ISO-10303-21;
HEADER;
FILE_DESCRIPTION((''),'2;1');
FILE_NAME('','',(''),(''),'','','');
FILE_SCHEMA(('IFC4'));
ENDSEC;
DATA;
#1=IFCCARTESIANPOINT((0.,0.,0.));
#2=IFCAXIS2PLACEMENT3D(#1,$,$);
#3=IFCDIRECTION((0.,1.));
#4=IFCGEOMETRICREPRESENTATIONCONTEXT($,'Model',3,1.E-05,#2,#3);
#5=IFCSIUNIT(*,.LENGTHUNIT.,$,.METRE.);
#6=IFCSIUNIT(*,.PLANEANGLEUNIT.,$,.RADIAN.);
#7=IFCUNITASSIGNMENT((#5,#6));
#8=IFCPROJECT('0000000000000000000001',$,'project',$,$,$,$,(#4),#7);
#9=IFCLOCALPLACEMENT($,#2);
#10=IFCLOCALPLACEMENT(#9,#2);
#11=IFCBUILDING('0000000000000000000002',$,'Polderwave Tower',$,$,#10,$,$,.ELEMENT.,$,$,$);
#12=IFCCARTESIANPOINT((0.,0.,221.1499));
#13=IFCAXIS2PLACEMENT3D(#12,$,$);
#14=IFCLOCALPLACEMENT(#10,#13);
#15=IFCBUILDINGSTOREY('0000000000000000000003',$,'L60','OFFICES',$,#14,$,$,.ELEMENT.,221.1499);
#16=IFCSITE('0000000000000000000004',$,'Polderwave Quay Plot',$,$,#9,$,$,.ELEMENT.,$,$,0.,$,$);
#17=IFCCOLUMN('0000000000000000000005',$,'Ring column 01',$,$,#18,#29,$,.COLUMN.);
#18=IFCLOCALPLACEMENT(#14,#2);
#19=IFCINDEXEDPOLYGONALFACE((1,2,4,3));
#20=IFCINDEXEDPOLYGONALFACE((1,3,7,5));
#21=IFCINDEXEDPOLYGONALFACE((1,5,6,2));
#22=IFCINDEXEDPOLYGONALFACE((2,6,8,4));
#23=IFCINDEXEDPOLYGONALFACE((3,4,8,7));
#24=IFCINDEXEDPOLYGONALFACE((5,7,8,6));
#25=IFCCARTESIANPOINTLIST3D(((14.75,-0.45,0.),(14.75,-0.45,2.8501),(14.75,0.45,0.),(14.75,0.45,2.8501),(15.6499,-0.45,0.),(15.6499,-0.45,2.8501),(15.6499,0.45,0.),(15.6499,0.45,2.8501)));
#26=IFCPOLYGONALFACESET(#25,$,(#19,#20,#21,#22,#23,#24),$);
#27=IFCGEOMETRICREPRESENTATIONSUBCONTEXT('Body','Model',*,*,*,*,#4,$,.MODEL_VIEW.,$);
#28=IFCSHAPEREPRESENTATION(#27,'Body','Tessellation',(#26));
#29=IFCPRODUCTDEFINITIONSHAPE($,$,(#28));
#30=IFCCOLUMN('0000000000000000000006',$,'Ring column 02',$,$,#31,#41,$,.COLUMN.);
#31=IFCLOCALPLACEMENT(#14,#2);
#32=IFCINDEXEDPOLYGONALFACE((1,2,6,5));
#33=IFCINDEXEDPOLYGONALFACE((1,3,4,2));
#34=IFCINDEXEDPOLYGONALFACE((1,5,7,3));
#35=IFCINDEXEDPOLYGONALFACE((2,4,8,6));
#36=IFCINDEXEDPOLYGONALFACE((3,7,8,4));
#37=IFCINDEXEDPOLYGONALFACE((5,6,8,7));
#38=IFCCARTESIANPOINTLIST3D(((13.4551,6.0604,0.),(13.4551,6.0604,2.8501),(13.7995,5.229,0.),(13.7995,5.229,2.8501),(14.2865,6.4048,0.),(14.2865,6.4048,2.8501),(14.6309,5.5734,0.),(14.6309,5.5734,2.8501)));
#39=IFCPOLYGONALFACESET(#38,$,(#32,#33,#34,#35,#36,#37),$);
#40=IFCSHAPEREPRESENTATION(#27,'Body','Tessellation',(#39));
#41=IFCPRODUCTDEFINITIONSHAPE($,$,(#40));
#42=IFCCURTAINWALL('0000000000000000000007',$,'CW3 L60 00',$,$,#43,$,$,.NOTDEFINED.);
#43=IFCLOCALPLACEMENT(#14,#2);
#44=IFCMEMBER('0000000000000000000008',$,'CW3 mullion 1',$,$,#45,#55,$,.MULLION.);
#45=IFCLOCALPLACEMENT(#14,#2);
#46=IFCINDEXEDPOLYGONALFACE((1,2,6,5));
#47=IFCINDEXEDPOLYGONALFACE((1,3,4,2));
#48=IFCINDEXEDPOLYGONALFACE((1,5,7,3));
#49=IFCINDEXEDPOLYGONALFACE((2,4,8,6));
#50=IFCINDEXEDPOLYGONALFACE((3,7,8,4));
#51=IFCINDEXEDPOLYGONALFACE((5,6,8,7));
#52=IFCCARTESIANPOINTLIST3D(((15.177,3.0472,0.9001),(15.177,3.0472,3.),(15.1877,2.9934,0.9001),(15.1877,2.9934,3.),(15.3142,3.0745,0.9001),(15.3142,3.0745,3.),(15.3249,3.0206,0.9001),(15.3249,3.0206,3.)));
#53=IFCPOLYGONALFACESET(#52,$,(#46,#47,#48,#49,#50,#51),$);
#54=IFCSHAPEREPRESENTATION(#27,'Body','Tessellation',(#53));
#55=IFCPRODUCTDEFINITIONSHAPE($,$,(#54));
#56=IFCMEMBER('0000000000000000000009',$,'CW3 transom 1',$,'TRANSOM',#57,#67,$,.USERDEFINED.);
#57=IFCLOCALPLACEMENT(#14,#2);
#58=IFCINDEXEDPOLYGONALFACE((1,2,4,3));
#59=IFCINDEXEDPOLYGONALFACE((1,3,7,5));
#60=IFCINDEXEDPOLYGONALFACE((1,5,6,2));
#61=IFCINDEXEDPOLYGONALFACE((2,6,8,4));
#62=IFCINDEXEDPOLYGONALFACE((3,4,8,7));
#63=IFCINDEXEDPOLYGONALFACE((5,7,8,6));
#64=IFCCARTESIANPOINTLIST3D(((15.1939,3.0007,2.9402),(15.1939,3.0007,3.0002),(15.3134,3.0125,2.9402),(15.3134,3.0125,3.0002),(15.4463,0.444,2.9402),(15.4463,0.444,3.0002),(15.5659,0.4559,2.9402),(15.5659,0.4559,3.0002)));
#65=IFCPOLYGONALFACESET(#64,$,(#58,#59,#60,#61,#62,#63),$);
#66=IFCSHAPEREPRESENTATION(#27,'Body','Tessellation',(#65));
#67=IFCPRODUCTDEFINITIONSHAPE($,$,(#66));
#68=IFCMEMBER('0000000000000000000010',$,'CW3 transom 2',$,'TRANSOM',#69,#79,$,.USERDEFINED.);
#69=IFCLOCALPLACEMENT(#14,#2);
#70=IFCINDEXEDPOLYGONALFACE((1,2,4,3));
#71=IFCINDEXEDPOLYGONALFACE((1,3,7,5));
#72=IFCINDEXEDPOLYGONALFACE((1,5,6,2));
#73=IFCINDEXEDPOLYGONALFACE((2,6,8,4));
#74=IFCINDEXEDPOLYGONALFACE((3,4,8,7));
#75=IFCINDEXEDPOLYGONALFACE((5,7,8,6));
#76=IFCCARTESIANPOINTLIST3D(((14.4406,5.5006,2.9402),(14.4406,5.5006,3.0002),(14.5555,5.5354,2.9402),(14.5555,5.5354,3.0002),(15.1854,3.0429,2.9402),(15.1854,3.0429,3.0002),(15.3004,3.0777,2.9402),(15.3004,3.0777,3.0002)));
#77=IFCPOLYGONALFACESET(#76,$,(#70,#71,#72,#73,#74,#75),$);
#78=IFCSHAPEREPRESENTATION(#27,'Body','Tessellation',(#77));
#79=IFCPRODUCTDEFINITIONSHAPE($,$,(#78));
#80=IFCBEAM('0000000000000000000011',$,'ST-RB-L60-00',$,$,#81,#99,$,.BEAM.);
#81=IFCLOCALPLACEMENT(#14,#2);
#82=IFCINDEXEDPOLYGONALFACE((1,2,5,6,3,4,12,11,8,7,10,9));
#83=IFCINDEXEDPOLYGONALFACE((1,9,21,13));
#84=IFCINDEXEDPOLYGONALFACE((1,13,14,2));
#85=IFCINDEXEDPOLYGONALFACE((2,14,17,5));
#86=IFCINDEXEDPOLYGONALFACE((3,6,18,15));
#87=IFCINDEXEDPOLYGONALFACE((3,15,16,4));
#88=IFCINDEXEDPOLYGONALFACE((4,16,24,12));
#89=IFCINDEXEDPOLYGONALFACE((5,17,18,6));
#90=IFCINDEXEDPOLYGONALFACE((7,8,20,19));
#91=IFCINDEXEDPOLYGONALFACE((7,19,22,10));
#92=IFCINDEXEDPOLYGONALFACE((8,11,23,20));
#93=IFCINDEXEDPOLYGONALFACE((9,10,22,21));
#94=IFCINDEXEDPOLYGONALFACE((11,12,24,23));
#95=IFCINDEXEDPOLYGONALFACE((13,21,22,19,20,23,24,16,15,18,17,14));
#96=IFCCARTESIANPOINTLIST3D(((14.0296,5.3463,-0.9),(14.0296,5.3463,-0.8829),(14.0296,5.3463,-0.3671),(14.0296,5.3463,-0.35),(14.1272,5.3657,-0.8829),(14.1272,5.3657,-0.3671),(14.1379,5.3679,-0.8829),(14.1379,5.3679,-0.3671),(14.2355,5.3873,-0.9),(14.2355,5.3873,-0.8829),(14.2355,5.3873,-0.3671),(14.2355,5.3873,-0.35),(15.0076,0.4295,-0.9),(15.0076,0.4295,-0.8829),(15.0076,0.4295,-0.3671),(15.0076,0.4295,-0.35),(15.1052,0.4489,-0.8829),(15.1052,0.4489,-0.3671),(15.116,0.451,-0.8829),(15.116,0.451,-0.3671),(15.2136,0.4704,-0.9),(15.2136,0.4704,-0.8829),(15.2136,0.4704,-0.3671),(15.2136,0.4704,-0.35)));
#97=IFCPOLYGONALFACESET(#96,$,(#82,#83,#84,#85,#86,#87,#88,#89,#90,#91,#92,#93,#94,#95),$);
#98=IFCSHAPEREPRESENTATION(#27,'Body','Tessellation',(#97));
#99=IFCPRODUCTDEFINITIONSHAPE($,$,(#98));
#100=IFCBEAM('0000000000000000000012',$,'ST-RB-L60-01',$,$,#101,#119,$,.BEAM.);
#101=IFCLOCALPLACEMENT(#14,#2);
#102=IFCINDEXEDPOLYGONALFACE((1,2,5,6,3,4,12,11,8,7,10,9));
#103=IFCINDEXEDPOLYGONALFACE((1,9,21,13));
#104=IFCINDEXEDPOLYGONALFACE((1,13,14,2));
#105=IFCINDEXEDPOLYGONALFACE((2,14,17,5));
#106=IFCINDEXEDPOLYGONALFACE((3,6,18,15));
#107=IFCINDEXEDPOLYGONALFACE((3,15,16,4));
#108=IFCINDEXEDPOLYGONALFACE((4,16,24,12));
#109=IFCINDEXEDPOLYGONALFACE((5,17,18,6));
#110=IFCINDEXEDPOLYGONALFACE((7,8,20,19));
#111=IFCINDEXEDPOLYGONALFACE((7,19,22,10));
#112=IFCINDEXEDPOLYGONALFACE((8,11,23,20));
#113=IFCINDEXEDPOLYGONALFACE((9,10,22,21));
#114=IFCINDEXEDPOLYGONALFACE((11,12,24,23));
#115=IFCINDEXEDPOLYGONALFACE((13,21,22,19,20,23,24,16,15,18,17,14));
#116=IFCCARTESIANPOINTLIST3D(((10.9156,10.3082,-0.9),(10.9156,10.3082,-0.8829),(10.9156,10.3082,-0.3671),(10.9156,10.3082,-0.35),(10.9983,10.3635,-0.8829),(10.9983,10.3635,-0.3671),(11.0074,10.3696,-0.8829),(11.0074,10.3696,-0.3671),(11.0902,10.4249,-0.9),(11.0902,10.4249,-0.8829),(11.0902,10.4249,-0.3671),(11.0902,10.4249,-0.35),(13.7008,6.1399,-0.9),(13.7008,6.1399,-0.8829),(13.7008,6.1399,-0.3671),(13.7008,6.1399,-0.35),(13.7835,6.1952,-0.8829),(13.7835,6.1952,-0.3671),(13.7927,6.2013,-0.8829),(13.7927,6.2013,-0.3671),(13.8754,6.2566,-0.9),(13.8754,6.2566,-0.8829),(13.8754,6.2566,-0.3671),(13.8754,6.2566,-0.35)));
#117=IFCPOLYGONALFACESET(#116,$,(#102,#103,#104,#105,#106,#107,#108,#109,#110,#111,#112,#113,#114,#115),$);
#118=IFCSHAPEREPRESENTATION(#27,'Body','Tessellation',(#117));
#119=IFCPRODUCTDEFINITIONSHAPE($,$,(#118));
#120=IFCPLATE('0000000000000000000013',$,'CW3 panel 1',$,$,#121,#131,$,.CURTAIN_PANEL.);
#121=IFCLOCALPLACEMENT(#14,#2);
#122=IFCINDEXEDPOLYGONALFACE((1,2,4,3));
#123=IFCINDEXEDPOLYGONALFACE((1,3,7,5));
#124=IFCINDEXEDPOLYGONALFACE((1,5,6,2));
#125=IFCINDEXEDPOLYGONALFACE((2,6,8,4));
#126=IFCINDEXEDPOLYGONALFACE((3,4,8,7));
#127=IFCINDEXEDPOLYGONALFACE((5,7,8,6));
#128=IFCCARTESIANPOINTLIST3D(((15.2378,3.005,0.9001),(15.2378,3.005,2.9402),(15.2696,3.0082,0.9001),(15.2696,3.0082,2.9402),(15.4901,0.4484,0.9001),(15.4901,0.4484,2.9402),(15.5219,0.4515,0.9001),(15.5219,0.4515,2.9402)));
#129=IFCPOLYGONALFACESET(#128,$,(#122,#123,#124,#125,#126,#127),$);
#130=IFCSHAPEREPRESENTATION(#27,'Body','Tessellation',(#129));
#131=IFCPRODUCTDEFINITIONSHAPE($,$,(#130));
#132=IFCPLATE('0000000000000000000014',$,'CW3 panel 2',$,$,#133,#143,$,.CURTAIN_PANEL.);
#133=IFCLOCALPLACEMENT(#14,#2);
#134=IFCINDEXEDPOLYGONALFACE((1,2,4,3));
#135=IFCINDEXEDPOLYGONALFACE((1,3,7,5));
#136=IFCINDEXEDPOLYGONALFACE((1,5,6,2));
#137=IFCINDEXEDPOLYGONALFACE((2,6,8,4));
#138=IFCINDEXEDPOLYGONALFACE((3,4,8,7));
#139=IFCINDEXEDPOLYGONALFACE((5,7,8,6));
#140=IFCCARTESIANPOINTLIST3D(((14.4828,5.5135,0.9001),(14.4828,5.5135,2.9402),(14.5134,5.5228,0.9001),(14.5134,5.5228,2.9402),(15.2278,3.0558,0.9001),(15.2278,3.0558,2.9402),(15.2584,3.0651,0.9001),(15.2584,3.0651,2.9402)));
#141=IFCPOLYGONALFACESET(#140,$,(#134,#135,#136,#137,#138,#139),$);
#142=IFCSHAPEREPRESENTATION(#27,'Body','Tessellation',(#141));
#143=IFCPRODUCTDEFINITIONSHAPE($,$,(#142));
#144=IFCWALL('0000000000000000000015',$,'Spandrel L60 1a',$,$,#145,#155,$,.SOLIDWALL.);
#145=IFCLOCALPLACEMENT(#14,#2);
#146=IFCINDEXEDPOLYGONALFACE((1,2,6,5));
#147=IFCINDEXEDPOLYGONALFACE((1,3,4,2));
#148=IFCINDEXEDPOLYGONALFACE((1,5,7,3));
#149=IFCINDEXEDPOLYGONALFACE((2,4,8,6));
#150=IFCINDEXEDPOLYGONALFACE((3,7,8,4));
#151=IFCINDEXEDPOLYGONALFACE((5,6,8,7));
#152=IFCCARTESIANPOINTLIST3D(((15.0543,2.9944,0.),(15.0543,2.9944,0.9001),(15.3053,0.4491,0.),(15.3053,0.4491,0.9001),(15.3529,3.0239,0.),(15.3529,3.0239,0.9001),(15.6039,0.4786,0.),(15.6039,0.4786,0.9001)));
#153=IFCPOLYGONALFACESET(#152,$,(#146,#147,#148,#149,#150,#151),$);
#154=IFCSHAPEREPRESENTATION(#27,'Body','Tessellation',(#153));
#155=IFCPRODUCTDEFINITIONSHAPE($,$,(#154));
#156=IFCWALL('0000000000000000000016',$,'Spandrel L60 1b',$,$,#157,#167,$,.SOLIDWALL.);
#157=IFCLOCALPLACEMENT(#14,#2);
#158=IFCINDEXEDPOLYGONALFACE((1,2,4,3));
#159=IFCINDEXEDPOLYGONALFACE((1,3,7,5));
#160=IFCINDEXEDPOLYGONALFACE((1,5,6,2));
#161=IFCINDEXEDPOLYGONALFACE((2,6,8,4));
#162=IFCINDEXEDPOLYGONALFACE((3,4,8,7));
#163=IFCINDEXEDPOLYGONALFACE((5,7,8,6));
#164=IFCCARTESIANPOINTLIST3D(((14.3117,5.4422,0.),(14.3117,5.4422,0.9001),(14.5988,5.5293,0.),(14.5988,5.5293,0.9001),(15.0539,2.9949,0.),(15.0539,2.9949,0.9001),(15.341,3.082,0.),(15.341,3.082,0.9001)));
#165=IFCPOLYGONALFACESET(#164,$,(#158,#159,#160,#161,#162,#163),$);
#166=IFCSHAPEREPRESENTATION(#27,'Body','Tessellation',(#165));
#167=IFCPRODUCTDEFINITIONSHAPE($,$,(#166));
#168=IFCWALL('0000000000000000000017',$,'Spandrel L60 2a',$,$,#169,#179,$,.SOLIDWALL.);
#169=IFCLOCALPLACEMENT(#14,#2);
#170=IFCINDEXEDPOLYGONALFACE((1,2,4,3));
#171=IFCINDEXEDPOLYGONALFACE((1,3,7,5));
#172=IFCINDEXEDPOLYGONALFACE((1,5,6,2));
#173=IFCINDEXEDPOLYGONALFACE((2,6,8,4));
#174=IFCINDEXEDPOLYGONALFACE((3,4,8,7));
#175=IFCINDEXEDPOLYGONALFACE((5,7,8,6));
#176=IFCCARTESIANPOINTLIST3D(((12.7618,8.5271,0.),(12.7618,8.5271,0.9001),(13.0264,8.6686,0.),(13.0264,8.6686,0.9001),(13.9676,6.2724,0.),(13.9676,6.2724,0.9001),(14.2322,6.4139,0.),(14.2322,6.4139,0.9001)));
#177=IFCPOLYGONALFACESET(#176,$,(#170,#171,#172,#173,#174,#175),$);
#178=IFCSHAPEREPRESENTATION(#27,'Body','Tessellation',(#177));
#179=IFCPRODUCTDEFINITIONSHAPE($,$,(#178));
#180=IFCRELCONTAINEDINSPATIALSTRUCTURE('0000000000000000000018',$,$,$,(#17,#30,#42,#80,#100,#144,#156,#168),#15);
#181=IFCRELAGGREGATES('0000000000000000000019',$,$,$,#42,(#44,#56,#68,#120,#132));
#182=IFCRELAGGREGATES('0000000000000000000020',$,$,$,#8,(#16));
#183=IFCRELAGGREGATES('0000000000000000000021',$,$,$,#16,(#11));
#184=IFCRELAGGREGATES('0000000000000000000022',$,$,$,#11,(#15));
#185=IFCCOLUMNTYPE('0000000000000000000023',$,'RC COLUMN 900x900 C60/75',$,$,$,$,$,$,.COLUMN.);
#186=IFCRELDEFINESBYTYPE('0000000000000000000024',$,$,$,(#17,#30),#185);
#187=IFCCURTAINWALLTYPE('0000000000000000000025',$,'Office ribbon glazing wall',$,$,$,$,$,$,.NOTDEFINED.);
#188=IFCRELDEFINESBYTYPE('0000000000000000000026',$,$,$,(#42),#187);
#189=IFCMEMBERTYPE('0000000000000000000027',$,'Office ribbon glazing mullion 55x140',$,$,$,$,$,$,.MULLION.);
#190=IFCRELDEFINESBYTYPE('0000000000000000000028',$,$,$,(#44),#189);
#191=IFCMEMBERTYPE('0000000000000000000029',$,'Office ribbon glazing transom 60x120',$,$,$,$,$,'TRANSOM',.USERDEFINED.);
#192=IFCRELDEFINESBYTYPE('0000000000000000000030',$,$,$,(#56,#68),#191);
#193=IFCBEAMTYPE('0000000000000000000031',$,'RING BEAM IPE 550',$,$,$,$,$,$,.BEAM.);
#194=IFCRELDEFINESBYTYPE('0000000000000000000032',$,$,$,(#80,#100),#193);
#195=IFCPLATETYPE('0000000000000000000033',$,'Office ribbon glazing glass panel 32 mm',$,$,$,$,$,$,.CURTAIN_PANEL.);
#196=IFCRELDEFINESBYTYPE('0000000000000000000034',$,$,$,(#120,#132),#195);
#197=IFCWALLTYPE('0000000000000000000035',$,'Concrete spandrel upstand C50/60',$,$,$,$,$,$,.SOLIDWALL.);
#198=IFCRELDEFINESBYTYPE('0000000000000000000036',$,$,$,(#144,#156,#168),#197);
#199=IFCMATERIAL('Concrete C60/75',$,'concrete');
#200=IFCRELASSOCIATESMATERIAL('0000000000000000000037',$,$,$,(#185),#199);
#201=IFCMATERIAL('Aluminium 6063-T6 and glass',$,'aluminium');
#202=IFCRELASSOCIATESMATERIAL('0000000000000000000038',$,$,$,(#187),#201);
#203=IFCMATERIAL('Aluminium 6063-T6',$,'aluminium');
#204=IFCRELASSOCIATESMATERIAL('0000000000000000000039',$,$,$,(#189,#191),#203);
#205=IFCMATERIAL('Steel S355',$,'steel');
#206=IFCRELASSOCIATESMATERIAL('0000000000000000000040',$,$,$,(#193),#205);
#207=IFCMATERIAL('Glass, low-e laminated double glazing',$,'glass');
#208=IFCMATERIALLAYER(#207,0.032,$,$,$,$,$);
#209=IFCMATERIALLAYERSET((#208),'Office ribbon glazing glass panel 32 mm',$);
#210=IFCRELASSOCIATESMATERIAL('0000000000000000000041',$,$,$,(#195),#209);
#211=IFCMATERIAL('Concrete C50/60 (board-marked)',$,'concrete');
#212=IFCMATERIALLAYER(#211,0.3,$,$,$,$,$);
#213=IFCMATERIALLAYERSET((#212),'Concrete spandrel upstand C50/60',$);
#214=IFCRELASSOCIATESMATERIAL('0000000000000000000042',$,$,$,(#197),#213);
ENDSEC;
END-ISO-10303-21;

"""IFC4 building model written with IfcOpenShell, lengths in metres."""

from ifc_helpers import new_model, si_unit, direction, frame, frame_2d, origin, origin_2d, place, context, subcontext, project, spatial, rectangle, i_section, extrude, material, layer, layer_set, material_profile, profile_set, type_object, element, aggregate, save


model = new_model("IFC4")

# Units and contexts
model_context = context("Model", 3, precision=1e-05, world=origin(), true_north=direction((0.0, 1.0)))
body_context = subcontext(model_context, "Body", "Model", "MODEL_VIEW")
ifc_project = project(units=[si_unit("LENGTHUNIT", "METRE"), si_unit("PLANEANGLEUNIT", "RADIAN")], contexts=[model_context])

# Site, building, storey
site_placement = place(None, origin())
site = spatial("IfcSite", under=ifc_project, at=site_placement, Name="Polderwave Quay Plot", CompositionType="ELEMENT", RefElevation=0.0)
building_placement = place(site_placement, origin())
building = spatial("IfcBuilding", under=site, at=building_placement, Name="Polderwave Tower", CompositionType="ELEMENT")
storey_placement = place(building_placement, frame((0.0, 0.0, 221.1499)))
storey = spatial("IfcBuildingStorey", under=building, at=storey_placement, Name="L60", Description="OFFICES", CompositionType="ELEMENT", Elevation=221.1499)

# Columns
ifc_material_1 = material(Name="Concrete C60/75", Category="concrete")
ifc_material_profile_1 = material_profile(ifc_material_1, rectangle(XDim=0.8999, YDim=0.8999, at=origin_2d()), Name="RC 900x900")
ifc_profile_set_1 = profile_set([ifc_material_profile_1], Name="Concrete C60/75")
column_type = type_object("IfcColumnType", Name="RC COLUMN 900x900 C60/75", PredefinedType="COLUMN", material=ifc_profile_set_1)
for number, where, z_axis, x_axis, name in (
    (1, (15.2, 0.0, 0.0), (0.0, 0.0, 1.0), (1.0, 0.0, 0.0), "Ring column 01"),
    (2, (14.043, 5.8169, 0.0), (0.0, 0.0, 1.0), (0.92388, 0.382683, 0.0), "Ring column 02"),
):
    element("IfcColumn", number, at=place(storey_placement, frame(where, z_axis=z_axis, x_axis=x_axis)), inside=storey, type_object=column_type, Name=name, PredefinedType="COLUMN", context=body_context, shape_type="SweptSolid", body=[
        extrude(rectangle(XDim=0.8999, YDim=0.8999, at=origin_2d()), origin(), (0.0, 0.0, 1.0), 2.8501),
    ])

# Curtain wall, members
ifc_material_2 = material(Name="Aluminium 6063-T6 and glass", Category="aluminium")
curtain_wall_type = type_object("IfcCurtainWallType", Name="Office ribbon glazing wall", PredefinedType="NOTDEFINED", material=ifc_material_2)
curtain_wall_placement = place(storey_placement, origin())
curtain_wall = element("IfcCurtainWall", 3, at=curtain_wall_placement, inside=storey, type_object=curtain_wall_type, Name="CW3 L60 00", PredefinedType="NOTDEFINED")
ifc_material_3 = material(Name="Aluminium 6063-T6", Category="aluminium")
ifc_material_profile_2 = material_profile(ifc_material_3, rectangle(XDim=0.1399, YDim=0.0549, at=origin_2d()), Name="AL 55x140")
ifc_profile_set_2 = profile_set([ifc_material_profile_2], Name="Aluminium 6063-T6")
member_type_1 = type_object("IfcMemberType", Name="Office ribbon glazing mullion 55x140", PredefinedType="MULLION", material=ifc_profile_set_2)
member_1_placement = place(storey_placement, frame((15.251, 3.0339, 0.9001), z_axis=(0.0, 0.0, 1.0), x_axis=(-0.980785, -0.195092, 0.0)))
member_1 = element("IfcMember", 4, at=member_1_placement, type_object=member_type_1, Name="CW3 mullion 1", PredefinedType="MULLION", context=body_context, shape_type="SweptSolid", body=[
    extrude(rectangle(XDim=0.1399, YDim=0.0549, at=origin_2d()), origin(), (0.0, 0.0, 1.0), 2.0999),
])
ifc_material_profile_3 = material_profile(ifc_material_3, rectangle(XDim=0.1201, YDim=0.0601, at=origin_2d()), Name="AL 60x120")
ifc_profile_set_3 = profile_set([ifc_material_profile_3], Name="Aluminium 6063-T6")
member_type_2 = type_object("IfcMemberType", Name="Office ribbon glazing transom 60x120", ElementType="TRANSOM", PredefinedType="USERDEFINED", material=ifc_profile_set_3)
member_2_placement = place(storey_placement, frame((15.5061, 0.45, 2.9702), z_axis=(-0.098262, 0.995161, 0.0), x_axis=(-0.995161, -0.098262, 0.0)))
member_2 = element("IfcMember", 5, at=member_2_placement, type_object=member_type_2, Name="CW3 transom 1", ObjectType="TRANSOM", PredefinedType="USERDEFINED", context=body_context, shape_type="SweptSolid", body=[
    extrude(rectangle(XDim=0.1201, YDim=0.0601, at=origin_2d()), origin(), (0.0, 0.0, 1.0), 2.5691),
])
member_3_placement = place(storey_placement, frame((15.2429, 3.0603, 2.9702), z_axis=(-0.290042, 0.957014, 0.0), x_axis=(-0.957014, -0.290042, 0.0)))
member_3 = element("IfcMember", 6, at=member_3_placement, type_object=member_type_2, Name="CW3 transom 2", ObjectType="TRANSOM", PredefinedType="USERDEFINED", context=body_context, shape_type="SweptSolid", body=[
    extrude(rectangle(XDim=0.1201, YDim=0.0601, at=origin_2d()), origin(), (0.0, 0.0, 1.0), 2.5681),
])

# Beams
ifc_material_4 = material(Name="Steel S355", Category="steel")
ifc_material_profile_4 = material_profile(ifc_material_4, i_section(OverallWidth=0.21, OverallDepth=0.55, WebThickness=0.011, FlangeThickness=0.0171, at=origin_2d()), Name="IPE 550")
ifc_profile_set_4 = profile_set([ifc_material_profile_4], Name="Steel S355")
beam_type = type_object("IfcBeamType", Name="RING BEAM IPE 550", PredefinedType="BEAM", material=ifc_profile_set_4)
for number, where, z_axis, x_axis, name in (
    (7, (15.1106, 0.45, -0.625), (-0.195095, 0.980784, 0.0), (-0.980784, -0.195095, 0.0), "ST-RB-L60-00"),
    (8, (13.7881, 6.1982, -0.625), (-0.555576, 0.831465, 0.0), (-0.831465, -0.555576, 0.0), "ST-RB-L60-01"),
):
    element("IfcBeam", number, at=place(storey_placement, frame(where, z_axis=z_axis, x_axis=x_axis)), inside=storey, type_object=beam_type, Name=name, PredefinedType="BEAM", context=body_context, shape_type="SweptSolid", body=[
        extrude(i_section(OverallWidth=0.21, OverallDepth=0.55, WebThickness=0.011, FlangeThickness=0.0171, at=origin_2d()), origin(), (0.0, 0.0, 1.0), 5.0132),
    ])

# Plates
ifc_material_5 = material(Name="Glass, low-e laminated double glazing", Category="glass")
ifc_layer_1 = layer(ifc_material_5, 0.032)
ifc_layer_set_1 = layer_set([ifc_layer_1], Name="Office ribbon glazing glass panel 32 mm")
plate_type = type_object("IfcPlateType", Name="Office ribbon glazing glass panel 32 mm", PredefinedType="CURTAIN_PANEL", material=ifc_layer_set_1)
plate_1_placement = place(storey_placement, frame((15.3799, 1.7283, 0.9001), z_axis=(0.0, 0.0, 1.0), x_axis=(-0.098206, 0.995166, 0.0)))
plate_1 = element("IfcPlate", 9, at=plate_1_placement, type_object=plate_type, Name="CW3 panel 1", PredefinedType="CURTAIN_PANEL", context=body_context, shape_type="SweptSolid", body=[
    extrude(rectangle(XDim=2.5691, YDim=0.032, at=origin_2d()), origin(), (0.0, 0.0, 1.0), 2.04),
])
plate_2_placement = place(storey_placement, frame((14.8706, 4.2893, 0.9001), z_axis=(0.0, 0.0, 1.0), x_axis=(-0.290104, 0.956995, 0.0)))
plate_2 = element("IfcPlate", 10, at=plate_2_placement, type_object=plate_type, Name="CW3 panel 2", PredefinedType="CURTAIN_PANEL", context=body_context, shape_type="SweptSolid", body=[
    extrude(rectangle(XDim=2.5681, YDim=0.032, at=origin_2d()), origin(), (0.0, 0.0, 1.0), 2.04),
])
aggregate(curtain_wall, [member_1, member_2, member_3, plate_1, plate_2])

# Walls
ifc_material_6 = material(Name="Concrete C50/60 (board-marked)", Category="concrete")
ifc_layer_2 = layer(ifc_material_6, 0.3)
ifc_layer_set_2 = layer_set([ifc_layer_2], Name="Concrete spandrel upstand C50/60")
wall_type_1 = type_object("IfcWallType", Name="Concrete spandrel upstand C50/60", PredefinedType="SOLIDWALL", material=ifc_layer_set_2)
wall_1_placement = place(storey_placement, frame((15.4546, 0.4639, 0.0), z_axis=(0.0, 0.0, 1.0), x_axis=(-0.098133, 0.995173, 0.0)))
element("IfcWall", 11, at=wall_1_placement, inside=storey, type_object=wall_type_1, Name="Spandrel L60 1a", PredefinedType="SOLIDWALL", context=body_context, shape_type="SweptSolid", body=[
    extrude(rectangle(XDim=2.5576, YDim=0.3, at=frame_2d((1.2788, 0.0))), origin(), (0.0, 0.0, 1.0), 0.9001),
])
wall_2_placement = place(storey_placement, frame((15.1975, 3.0383, 0.0), z_axis=(0.0, 0.0, 1.0), x_axis=(-0.290219, 0.95696, 0.0)))
element("IfcWall", 12, at=wall_2_placement, inside=storey, type_object=wall_type_1, Name="Spandrel L60 1b", PredefinedType="SOLIDWALL", context=body_context, shape_type="SweptSolid", body=[
    extrude(rectangle(XDim=2.5574, YDim=0.3, at=frame_2d((1.2788, 0.0))), origin(), (0.0, 0.0, 1.0), 0.9001),
])
wall_3_placement = place(storey_placement, frame((14.0999, 6.3433, 0.0), z_axis=(0.0, 0.0, 1.0), x_axis=(-0.471604, 0.88181, 0.0)))
element("IfcWall", 13, at=wall_3_placement, inside=storey, type_object=wall_type_1, Name="Spandrel L60 2a", PredefinedType="SOLIDWALL", context=body_context, shape_type="SweptSolid", body=[
    extrude(rectangle(XDim=2.5569, YDim=0.3, at=frame_2d((1.2783, 0.0))), origin(), (0.0, 0.0, 1.0), 0.9001),
])

save(model, "model.ifc")
